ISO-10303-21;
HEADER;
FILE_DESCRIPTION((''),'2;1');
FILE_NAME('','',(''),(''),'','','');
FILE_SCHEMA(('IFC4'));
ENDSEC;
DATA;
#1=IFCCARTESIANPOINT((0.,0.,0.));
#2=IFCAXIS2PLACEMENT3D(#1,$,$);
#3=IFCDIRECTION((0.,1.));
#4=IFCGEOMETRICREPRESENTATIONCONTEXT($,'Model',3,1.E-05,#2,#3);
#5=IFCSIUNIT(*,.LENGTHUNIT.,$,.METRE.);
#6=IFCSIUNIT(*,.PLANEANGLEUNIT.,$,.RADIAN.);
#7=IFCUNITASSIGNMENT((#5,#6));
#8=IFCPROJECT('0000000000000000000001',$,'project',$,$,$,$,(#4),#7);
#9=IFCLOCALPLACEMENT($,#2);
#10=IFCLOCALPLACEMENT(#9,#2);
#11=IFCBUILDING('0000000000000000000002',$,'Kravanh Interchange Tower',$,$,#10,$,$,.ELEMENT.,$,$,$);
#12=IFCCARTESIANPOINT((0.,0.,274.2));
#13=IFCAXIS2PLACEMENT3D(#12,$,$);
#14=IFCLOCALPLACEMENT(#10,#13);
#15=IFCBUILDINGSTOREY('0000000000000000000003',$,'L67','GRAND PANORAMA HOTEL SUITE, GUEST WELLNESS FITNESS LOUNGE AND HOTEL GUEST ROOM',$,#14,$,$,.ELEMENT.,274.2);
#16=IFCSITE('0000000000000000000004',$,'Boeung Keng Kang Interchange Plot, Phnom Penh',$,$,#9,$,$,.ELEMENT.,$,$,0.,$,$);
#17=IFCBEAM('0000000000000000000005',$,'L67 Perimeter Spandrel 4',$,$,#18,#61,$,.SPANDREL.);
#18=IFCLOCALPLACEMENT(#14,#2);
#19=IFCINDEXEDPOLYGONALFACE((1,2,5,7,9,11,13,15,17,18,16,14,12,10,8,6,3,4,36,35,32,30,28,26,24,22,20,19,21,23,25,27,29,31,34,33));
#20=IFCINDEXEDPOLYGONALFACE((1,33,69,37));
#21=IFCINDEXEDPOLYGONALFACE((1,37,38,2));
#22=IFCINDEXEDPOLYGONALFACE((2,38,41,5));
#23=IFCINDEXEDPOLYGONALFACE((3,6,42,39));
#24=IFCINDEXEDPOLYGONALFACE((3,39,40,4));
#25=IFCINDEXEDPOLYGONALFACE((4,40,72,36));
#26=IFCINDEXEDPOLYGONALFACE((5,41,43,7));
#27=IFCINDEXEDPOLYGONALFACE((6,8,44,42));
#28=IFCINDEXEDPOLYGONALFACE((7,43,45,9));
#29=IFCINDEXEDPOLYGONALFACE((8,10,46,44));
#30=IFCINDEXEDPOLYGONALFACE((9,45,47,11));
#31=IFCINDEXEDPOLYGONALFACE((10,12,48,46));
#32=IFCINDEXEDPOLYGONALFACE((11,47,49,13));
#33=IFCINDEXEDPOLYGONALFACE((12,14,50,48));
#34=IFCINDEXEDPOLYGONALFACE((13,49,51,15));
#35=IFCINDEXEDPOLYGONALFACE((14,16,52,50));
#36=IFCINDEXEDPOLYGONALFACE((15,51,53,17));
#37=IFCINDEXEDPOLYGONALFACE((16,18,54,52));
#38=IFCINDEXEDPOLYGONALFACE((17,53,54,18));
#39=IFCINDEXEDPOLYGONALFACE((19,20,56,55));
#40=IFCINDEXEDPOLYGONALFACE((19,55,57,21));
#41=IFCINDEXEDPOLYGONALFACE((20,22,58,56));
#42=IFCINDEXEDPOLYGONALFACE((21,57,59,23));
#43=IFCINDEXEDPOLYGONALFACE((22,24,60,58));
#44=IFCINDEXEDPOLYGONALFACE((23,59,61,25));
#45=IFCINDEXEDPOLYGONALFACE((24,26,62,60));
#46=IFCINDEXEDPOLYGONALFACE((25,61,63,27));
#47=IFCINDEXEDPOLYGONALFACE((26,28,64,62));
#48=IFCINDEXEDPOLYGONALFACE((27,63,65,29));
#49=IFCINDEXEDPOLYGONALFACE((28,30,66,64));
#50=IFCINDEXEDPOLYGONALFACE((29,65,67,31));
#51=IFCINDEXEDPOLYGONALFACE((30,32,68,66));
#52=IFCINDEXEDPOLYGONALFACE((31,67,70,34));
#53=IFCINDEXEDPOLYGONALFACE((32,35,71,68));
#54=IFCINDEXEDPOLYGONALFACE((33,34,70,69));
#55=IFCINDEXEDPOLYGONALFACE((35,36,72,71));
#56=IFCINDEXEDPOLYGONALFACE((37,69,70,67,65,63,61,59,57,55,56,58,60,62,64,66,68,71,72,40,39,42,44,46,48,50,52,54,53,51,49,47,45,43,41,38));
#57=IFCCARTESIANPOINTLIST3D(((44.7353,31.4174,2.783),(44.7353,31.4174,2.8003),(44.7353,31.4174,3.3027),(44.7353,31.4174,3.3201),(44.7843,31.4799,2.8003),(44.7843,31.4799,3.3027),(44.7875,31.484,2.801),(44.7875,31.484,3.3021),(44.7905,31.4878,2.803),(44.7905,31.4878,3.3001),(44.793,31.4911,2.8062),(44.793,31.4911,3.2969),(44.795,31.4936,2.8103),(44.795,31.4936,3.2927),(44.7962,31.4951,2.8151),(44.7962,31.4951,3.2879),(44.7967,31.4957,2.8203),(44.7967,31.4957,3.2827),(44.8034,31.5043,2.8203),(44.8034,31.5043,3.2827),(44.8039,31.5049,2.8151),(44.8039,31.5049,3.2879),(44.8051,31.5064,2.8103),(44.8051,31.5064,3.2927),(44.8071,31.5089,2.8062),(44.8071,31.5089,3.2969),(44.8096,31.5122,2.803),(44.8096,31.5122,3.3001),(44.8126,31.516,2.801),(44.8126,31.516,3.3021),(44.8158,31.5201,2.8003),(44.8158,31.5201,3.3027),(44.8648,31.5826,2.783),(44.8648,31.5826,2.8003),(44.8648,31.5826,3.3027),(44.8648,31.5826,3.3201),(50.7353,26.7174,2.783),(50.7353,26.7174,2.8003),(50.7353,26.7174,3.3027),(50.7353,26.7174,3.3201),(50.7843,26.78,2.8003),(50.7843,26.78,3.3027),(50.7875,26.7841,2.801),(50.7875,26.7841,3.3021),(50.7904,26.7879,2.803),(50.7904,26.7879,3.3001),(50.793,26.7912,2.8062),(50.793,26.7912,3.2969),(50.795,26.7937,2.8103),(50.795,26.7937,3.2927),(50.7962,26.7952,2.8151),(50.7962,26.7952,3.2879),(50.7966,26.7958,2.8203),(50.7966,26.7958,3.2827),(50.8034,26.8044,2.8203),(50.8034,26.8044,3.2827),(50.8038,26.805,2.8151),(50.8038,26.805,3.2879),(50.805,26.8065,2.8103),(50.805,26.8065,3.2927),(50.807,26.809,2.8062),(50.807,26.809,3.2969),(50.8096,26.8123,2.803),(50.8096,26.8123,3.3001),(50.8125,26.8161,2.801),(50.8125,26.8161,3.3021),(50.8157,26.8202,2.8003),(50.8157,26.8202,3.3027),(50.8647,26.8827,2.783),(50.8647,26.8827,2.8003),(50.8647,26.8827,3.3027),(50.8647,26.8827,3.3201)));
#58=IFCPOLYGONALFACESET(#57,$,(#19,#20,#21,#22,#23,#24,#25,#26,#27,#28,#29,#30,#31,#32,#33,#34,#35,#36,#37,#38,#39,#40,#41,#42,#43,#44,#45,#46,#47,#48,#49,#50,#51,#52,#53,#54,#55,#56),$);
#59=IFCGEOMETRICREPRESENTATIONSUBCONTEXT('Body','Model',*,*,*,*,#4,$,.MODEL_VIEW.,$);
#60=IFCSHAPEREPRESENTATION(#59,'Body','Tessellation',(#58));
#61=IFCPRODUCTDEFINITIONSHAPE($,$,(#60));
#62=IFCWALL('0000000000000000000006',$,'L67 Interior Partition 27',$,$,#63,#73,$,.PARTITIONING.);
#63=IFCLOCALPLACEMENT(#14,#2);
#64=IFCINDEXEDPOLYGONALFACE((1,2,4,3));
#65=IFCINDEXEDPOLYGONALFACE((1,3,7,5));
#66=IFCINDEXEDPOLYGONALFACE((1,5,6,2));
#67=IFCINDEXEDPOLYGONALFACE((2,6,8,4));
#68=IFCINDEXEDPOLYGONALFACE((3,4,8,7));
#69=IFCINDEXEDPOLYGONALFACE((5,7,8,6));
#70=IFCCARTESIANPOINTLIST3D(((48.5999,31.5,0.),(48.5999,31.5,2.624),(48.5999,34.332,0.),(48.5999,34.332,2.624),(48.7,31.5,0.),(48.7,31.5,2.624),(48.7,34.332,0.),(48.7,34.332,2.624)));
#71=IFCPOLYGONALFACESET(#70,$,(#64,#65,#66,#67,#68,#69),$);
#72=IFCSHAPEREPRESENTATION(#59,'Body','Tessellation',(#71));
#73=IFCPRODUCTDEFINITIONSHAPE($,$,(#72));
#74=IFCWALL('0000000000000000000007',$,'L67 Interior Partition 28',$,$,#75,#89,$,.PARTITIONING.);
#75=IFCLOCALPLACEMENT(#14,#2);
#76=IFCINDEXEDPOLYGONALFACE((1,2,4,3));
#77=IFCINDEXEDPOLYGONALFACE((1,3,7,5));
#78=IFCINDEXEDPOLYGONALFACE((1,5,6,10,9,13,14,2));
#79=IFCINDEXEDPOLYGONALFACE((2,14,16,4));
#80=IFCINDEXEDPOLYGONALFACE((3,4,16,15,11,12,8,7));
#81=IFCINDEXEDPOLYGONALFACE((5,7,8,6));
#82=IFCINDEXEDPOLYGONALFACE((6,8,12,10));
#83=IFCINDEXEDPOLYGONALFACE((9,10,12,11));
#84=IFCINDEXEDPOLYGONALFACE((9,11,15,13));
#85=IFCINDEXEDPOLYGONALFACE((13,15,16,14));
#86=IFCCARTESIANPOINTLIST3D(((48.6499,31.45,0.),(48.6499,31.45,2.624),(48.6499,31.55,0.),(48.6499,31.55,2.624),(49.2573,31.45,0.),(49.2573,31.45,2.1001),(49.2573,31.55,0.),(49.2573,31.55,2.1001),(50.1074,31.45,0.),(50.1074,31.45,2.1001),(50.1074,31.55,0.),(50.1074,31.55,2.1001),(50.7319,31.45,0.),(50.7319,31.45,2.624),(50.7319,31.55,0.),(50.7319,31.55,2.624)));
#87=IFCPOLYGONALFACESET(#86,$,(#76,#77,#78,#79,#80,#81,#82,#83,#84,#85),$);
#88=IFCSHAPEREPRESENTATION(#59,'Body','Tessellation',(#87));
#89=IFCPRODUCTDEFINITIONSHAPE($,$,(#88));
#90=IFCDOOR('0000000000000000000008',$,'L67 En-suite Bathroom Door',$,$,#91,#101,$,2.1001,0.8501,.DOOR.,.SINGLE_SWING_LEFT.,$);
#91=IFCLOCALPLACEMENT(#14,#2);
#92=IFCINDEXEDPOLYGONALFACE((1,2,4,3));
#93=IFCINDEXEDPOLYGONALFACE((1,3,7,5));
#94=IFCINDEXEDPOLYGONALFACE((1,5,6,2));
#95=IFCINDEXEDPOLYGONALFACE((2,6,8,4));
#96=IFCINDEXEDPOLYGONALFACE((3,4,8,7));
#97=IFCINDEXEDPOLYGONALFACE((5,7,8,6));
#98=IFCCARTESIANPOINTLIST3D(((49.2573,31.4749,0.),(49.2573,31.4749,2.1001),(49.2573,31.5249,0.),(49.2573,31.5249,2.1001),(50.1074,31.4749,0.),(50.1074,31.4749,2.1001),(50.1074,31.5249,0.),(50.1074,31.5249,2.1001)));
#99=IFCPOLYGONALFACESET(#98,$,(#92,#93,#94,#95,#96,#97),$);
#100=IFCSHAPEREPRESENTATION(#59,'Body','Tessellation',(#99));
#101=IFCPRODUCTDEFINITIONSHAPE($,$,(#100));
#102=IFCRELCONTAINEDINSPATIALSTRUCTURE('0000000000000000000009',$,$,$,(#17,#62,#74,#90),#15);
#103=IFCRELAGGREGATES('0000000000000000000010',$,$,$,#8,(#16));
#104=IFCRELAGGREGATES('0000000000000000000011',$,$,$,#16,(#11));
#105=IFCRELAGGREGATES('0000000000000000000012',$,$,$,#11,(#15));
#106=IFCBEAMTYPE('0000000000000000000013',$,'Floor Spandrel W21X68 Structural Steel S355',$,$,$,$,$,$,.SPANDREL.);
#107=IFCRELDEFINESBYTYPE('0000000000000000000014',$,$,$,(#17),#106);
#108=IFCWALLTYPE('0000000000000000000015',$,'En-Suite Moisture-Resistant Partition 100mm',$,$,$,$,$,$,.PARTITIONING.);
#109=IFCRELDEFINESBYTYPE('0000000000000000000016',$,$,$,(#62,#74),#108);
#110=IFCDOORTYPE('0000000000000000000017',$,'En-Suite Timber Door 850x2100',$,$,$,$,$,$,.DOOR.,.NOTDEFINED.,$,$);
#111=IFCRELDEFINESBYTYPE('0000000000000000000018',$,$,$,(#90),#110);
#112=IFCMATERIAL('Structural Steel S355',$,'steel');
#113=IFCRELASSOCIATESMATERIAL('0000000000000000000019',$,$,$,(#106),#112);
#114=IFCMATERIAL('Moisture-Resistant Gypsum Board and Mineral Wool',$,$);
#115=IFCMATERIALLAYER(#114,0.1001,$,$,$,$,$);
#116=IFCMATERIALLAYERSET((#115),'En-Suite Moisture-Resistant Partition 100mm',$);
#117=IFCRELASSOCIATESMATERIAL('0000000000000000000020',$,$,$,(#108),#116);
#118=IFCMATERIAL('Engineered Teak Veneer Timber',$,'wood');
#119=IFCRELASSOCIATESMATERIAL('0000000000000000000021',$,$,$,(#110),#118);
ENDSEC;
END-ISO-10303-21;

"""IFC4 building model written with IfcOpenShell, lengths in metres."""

from ifc_helpers import new_model, si_unit, direction, frame, frame_2d, origin, origin_2d, place, context, subcontext, project, spatial, rectangle, i_section, extrude, material, layer, layer_set, material_profile, profile_set, type_object, element, fill, save


model = new_model("IFC4")

# Units and contexts
model_context = context("Model", 3, precision=1e-05, world=origin(), true_north=direction((0.0, 1.0)))
body_context = subcontext(model_context, "Body", "Model", "MODEL_VIEW")
ifc_project = project(units=[si_unit("LENGTHUNIT", "METRE"), si_unit("PLANEANGLEUNIT", "RADIAN")], contexts=[model_context])

# Site, building, storey
site_placement = place(None, origin())
site = spatial("IfcSite", under=ifc_project, at=site_placement, Name="Boeung Keng Kang Interchange Plot, Phnom Penh", CompositionType="ELEMENT", RefElevation=0.0)
building_placement = place(site_placement, origin())
building = spatial("IfcBuilding", under=site, at=building_placement, Name="Kravanh Interchange Tower", CompositionType="ELEMENT")
storey_placement = place(building_placement, frame((0.0, 0.0, 274.2)))
storey = spatial("IfcBuildingStorey", under=building, at=storey_placement, Name="L67", Description="GRAND PANORAMA HOTEL SUITE, GUEST WELLNESS FITNESS LOUNGE AND HOTEL GUEST ROOM", CompositionType="ELEMENT", Elevation=274.2)

# Beam
ifc_material_1 = material(Name="Structural Steel S355", Category="steel")
ifc_material_profile_1 = material_profile(ifc_material_1, i_section(OverallWidth=0.21, OverallDepth=0.5371, WebThickness=0.011, FlangeThickness=0.0173, FilletRadius=0.02, at=origin_2d()), Name="W21X68")
ifc_profile_set_1 = profile_set([ifc_material_profile_1], Name="Structural Steel S355")
beam_type_1 = type_object("IfcBeamType", Name="Floor Spandrel W21X68 Structural Steel S355", PredefinedType="SPANDREL", material=ifc_profile_set_1)
beam_1_placement = place(storey_placement, frame((44.8, 31.5, 3.0515), z_axis=(0.787231, -0.616658, 0.0), x_axis=(0.616658, 0.787231, 0.0)))
element("IfcBeam", 1, at=beam_1_placement, inside=storey, type_object=beam_type_1, Name="L67 Perimeter Spandrel 4", PredefinedType="SPANDREL", context=body_context, shape_type="SweptSolid", body=[
    extrude(i_section(OverallWidth=0.21, OverallDepth=0.5371, WebThickness=0.011, FlangeThickness=0.0173, FilletRadius=0.02, at=origin_2d()), origin(), (0.0, 0.0, 1.0), 7.6216),
])

# Wall
ifc_material_2 = material(Name="Moisture-Resistant Gypsum Board and Mineral Wool")
ifc_layer = layer(ifc_material_2, 0.1001)
ifc_layer_set = layer_set([ifc_layer], Name="En-Suite Moisture-Resistant Partition 100mm")
wall_type = type_object("IfcWallType", Name="En-Suite Moisture-Resistant Partition 100mm", PredefinedType="PARTITIONING", material=ifc_layer_set)
wall_1_placement = place(storey_placement, frame((48.6499, 31.5, 0.0), z_axis=(0.0, 0.0, 1.0), x_axis=(0.0, 1.0, 0.0)))
element("IfcWall", 2, at=wall_1_placement, inside=storey, type_object=wall_type, Name="L67 Interior Partition 27", PredefinedType="PARTITIONING", context=body_context, shape_type="SweptSolid", body=[
    extrude(rectangle(XDim=2.832, YDim=0.1001, at=frame_2d((1.416, 0.0))), origin(), (0.0, 0.0, 1.0), 2.624),
])

# Wall, opening, door
wall_2_placement = place(storey_placement, frame((48.6499, 31.5, 0.0), z_axis=(0.0, 0.0, 1.0), x_axis=(1.0, 0.0, 0.0)))
wall_2 = element("IfcWall", 3, at=wall_2_placement, inside=storey, type_object=wall_type, Name="L67 Interior Partition 28", PredefinedType="PARTITIONING", context=body_context, shape_type="SweptSolid", body=[
    extrude(rectangle(XDim=2.082, YDim=0.1001, at=frame_2d((1.041, 0.0))), origin(), (0.0, 0.0, 1.0), 2.624),
])
opening_placement = place(wall_2_placement, frame((0.6074, 0.0, 0.0)))
opening = element("IfcOpeningElement", 4, at=opening_placement, cuts=wall_2, PredefinedType="OPENING", context=body_context, shape_type="SweptSolid", body=[
    extrude(rectangle(XDim=0.8501, YDim=2.1001, at=frame_2d((0.425, 1.05))), frame((0.0, 0.0601, 0.0), z_axis=(0.0, -1.0, 0.0), x_axis=(1.0, 0.0, 0.0)), (0.0, 0.0, 1.0), 0.1201),
])
ifc_material_3 = material(Name="Engineered Teak Veneer Timber", Category="wood")
door_type = type_object("IfcDoorType", Name="En-Suite Timber Door 850x2100", OperationType="NOTDEFINED", PredefinedType="DOOR", material=ifc_material_3)
door_placement = place(opening_placement, origin())
door = element("IfcDoor", 5, at=door_placement, inside=storey, type_object=door_type, Name="L67 En-suite Bathroom Door", OperationType="SINGLE_SWING_LEFT", OverallHeight=2.1001, OverallWidth=0.8501, PredefinedType="DOOR", context=body_context, shape_type="SweptSolid", body=[
    extrude(rectangle(XDim=0.8501, YDim=2.1001, at=frame_2d((0.425, 1.05))), frame((0.0, 0.0249, 0.0), z_axis=(0.0, -1.0, 0.0), x_axis=(1.0, 0.0, 0.0)), (0.0, 0.0, 1.0), 0.05),
])
fill(opening, door)

save(model, "model.ifc")
